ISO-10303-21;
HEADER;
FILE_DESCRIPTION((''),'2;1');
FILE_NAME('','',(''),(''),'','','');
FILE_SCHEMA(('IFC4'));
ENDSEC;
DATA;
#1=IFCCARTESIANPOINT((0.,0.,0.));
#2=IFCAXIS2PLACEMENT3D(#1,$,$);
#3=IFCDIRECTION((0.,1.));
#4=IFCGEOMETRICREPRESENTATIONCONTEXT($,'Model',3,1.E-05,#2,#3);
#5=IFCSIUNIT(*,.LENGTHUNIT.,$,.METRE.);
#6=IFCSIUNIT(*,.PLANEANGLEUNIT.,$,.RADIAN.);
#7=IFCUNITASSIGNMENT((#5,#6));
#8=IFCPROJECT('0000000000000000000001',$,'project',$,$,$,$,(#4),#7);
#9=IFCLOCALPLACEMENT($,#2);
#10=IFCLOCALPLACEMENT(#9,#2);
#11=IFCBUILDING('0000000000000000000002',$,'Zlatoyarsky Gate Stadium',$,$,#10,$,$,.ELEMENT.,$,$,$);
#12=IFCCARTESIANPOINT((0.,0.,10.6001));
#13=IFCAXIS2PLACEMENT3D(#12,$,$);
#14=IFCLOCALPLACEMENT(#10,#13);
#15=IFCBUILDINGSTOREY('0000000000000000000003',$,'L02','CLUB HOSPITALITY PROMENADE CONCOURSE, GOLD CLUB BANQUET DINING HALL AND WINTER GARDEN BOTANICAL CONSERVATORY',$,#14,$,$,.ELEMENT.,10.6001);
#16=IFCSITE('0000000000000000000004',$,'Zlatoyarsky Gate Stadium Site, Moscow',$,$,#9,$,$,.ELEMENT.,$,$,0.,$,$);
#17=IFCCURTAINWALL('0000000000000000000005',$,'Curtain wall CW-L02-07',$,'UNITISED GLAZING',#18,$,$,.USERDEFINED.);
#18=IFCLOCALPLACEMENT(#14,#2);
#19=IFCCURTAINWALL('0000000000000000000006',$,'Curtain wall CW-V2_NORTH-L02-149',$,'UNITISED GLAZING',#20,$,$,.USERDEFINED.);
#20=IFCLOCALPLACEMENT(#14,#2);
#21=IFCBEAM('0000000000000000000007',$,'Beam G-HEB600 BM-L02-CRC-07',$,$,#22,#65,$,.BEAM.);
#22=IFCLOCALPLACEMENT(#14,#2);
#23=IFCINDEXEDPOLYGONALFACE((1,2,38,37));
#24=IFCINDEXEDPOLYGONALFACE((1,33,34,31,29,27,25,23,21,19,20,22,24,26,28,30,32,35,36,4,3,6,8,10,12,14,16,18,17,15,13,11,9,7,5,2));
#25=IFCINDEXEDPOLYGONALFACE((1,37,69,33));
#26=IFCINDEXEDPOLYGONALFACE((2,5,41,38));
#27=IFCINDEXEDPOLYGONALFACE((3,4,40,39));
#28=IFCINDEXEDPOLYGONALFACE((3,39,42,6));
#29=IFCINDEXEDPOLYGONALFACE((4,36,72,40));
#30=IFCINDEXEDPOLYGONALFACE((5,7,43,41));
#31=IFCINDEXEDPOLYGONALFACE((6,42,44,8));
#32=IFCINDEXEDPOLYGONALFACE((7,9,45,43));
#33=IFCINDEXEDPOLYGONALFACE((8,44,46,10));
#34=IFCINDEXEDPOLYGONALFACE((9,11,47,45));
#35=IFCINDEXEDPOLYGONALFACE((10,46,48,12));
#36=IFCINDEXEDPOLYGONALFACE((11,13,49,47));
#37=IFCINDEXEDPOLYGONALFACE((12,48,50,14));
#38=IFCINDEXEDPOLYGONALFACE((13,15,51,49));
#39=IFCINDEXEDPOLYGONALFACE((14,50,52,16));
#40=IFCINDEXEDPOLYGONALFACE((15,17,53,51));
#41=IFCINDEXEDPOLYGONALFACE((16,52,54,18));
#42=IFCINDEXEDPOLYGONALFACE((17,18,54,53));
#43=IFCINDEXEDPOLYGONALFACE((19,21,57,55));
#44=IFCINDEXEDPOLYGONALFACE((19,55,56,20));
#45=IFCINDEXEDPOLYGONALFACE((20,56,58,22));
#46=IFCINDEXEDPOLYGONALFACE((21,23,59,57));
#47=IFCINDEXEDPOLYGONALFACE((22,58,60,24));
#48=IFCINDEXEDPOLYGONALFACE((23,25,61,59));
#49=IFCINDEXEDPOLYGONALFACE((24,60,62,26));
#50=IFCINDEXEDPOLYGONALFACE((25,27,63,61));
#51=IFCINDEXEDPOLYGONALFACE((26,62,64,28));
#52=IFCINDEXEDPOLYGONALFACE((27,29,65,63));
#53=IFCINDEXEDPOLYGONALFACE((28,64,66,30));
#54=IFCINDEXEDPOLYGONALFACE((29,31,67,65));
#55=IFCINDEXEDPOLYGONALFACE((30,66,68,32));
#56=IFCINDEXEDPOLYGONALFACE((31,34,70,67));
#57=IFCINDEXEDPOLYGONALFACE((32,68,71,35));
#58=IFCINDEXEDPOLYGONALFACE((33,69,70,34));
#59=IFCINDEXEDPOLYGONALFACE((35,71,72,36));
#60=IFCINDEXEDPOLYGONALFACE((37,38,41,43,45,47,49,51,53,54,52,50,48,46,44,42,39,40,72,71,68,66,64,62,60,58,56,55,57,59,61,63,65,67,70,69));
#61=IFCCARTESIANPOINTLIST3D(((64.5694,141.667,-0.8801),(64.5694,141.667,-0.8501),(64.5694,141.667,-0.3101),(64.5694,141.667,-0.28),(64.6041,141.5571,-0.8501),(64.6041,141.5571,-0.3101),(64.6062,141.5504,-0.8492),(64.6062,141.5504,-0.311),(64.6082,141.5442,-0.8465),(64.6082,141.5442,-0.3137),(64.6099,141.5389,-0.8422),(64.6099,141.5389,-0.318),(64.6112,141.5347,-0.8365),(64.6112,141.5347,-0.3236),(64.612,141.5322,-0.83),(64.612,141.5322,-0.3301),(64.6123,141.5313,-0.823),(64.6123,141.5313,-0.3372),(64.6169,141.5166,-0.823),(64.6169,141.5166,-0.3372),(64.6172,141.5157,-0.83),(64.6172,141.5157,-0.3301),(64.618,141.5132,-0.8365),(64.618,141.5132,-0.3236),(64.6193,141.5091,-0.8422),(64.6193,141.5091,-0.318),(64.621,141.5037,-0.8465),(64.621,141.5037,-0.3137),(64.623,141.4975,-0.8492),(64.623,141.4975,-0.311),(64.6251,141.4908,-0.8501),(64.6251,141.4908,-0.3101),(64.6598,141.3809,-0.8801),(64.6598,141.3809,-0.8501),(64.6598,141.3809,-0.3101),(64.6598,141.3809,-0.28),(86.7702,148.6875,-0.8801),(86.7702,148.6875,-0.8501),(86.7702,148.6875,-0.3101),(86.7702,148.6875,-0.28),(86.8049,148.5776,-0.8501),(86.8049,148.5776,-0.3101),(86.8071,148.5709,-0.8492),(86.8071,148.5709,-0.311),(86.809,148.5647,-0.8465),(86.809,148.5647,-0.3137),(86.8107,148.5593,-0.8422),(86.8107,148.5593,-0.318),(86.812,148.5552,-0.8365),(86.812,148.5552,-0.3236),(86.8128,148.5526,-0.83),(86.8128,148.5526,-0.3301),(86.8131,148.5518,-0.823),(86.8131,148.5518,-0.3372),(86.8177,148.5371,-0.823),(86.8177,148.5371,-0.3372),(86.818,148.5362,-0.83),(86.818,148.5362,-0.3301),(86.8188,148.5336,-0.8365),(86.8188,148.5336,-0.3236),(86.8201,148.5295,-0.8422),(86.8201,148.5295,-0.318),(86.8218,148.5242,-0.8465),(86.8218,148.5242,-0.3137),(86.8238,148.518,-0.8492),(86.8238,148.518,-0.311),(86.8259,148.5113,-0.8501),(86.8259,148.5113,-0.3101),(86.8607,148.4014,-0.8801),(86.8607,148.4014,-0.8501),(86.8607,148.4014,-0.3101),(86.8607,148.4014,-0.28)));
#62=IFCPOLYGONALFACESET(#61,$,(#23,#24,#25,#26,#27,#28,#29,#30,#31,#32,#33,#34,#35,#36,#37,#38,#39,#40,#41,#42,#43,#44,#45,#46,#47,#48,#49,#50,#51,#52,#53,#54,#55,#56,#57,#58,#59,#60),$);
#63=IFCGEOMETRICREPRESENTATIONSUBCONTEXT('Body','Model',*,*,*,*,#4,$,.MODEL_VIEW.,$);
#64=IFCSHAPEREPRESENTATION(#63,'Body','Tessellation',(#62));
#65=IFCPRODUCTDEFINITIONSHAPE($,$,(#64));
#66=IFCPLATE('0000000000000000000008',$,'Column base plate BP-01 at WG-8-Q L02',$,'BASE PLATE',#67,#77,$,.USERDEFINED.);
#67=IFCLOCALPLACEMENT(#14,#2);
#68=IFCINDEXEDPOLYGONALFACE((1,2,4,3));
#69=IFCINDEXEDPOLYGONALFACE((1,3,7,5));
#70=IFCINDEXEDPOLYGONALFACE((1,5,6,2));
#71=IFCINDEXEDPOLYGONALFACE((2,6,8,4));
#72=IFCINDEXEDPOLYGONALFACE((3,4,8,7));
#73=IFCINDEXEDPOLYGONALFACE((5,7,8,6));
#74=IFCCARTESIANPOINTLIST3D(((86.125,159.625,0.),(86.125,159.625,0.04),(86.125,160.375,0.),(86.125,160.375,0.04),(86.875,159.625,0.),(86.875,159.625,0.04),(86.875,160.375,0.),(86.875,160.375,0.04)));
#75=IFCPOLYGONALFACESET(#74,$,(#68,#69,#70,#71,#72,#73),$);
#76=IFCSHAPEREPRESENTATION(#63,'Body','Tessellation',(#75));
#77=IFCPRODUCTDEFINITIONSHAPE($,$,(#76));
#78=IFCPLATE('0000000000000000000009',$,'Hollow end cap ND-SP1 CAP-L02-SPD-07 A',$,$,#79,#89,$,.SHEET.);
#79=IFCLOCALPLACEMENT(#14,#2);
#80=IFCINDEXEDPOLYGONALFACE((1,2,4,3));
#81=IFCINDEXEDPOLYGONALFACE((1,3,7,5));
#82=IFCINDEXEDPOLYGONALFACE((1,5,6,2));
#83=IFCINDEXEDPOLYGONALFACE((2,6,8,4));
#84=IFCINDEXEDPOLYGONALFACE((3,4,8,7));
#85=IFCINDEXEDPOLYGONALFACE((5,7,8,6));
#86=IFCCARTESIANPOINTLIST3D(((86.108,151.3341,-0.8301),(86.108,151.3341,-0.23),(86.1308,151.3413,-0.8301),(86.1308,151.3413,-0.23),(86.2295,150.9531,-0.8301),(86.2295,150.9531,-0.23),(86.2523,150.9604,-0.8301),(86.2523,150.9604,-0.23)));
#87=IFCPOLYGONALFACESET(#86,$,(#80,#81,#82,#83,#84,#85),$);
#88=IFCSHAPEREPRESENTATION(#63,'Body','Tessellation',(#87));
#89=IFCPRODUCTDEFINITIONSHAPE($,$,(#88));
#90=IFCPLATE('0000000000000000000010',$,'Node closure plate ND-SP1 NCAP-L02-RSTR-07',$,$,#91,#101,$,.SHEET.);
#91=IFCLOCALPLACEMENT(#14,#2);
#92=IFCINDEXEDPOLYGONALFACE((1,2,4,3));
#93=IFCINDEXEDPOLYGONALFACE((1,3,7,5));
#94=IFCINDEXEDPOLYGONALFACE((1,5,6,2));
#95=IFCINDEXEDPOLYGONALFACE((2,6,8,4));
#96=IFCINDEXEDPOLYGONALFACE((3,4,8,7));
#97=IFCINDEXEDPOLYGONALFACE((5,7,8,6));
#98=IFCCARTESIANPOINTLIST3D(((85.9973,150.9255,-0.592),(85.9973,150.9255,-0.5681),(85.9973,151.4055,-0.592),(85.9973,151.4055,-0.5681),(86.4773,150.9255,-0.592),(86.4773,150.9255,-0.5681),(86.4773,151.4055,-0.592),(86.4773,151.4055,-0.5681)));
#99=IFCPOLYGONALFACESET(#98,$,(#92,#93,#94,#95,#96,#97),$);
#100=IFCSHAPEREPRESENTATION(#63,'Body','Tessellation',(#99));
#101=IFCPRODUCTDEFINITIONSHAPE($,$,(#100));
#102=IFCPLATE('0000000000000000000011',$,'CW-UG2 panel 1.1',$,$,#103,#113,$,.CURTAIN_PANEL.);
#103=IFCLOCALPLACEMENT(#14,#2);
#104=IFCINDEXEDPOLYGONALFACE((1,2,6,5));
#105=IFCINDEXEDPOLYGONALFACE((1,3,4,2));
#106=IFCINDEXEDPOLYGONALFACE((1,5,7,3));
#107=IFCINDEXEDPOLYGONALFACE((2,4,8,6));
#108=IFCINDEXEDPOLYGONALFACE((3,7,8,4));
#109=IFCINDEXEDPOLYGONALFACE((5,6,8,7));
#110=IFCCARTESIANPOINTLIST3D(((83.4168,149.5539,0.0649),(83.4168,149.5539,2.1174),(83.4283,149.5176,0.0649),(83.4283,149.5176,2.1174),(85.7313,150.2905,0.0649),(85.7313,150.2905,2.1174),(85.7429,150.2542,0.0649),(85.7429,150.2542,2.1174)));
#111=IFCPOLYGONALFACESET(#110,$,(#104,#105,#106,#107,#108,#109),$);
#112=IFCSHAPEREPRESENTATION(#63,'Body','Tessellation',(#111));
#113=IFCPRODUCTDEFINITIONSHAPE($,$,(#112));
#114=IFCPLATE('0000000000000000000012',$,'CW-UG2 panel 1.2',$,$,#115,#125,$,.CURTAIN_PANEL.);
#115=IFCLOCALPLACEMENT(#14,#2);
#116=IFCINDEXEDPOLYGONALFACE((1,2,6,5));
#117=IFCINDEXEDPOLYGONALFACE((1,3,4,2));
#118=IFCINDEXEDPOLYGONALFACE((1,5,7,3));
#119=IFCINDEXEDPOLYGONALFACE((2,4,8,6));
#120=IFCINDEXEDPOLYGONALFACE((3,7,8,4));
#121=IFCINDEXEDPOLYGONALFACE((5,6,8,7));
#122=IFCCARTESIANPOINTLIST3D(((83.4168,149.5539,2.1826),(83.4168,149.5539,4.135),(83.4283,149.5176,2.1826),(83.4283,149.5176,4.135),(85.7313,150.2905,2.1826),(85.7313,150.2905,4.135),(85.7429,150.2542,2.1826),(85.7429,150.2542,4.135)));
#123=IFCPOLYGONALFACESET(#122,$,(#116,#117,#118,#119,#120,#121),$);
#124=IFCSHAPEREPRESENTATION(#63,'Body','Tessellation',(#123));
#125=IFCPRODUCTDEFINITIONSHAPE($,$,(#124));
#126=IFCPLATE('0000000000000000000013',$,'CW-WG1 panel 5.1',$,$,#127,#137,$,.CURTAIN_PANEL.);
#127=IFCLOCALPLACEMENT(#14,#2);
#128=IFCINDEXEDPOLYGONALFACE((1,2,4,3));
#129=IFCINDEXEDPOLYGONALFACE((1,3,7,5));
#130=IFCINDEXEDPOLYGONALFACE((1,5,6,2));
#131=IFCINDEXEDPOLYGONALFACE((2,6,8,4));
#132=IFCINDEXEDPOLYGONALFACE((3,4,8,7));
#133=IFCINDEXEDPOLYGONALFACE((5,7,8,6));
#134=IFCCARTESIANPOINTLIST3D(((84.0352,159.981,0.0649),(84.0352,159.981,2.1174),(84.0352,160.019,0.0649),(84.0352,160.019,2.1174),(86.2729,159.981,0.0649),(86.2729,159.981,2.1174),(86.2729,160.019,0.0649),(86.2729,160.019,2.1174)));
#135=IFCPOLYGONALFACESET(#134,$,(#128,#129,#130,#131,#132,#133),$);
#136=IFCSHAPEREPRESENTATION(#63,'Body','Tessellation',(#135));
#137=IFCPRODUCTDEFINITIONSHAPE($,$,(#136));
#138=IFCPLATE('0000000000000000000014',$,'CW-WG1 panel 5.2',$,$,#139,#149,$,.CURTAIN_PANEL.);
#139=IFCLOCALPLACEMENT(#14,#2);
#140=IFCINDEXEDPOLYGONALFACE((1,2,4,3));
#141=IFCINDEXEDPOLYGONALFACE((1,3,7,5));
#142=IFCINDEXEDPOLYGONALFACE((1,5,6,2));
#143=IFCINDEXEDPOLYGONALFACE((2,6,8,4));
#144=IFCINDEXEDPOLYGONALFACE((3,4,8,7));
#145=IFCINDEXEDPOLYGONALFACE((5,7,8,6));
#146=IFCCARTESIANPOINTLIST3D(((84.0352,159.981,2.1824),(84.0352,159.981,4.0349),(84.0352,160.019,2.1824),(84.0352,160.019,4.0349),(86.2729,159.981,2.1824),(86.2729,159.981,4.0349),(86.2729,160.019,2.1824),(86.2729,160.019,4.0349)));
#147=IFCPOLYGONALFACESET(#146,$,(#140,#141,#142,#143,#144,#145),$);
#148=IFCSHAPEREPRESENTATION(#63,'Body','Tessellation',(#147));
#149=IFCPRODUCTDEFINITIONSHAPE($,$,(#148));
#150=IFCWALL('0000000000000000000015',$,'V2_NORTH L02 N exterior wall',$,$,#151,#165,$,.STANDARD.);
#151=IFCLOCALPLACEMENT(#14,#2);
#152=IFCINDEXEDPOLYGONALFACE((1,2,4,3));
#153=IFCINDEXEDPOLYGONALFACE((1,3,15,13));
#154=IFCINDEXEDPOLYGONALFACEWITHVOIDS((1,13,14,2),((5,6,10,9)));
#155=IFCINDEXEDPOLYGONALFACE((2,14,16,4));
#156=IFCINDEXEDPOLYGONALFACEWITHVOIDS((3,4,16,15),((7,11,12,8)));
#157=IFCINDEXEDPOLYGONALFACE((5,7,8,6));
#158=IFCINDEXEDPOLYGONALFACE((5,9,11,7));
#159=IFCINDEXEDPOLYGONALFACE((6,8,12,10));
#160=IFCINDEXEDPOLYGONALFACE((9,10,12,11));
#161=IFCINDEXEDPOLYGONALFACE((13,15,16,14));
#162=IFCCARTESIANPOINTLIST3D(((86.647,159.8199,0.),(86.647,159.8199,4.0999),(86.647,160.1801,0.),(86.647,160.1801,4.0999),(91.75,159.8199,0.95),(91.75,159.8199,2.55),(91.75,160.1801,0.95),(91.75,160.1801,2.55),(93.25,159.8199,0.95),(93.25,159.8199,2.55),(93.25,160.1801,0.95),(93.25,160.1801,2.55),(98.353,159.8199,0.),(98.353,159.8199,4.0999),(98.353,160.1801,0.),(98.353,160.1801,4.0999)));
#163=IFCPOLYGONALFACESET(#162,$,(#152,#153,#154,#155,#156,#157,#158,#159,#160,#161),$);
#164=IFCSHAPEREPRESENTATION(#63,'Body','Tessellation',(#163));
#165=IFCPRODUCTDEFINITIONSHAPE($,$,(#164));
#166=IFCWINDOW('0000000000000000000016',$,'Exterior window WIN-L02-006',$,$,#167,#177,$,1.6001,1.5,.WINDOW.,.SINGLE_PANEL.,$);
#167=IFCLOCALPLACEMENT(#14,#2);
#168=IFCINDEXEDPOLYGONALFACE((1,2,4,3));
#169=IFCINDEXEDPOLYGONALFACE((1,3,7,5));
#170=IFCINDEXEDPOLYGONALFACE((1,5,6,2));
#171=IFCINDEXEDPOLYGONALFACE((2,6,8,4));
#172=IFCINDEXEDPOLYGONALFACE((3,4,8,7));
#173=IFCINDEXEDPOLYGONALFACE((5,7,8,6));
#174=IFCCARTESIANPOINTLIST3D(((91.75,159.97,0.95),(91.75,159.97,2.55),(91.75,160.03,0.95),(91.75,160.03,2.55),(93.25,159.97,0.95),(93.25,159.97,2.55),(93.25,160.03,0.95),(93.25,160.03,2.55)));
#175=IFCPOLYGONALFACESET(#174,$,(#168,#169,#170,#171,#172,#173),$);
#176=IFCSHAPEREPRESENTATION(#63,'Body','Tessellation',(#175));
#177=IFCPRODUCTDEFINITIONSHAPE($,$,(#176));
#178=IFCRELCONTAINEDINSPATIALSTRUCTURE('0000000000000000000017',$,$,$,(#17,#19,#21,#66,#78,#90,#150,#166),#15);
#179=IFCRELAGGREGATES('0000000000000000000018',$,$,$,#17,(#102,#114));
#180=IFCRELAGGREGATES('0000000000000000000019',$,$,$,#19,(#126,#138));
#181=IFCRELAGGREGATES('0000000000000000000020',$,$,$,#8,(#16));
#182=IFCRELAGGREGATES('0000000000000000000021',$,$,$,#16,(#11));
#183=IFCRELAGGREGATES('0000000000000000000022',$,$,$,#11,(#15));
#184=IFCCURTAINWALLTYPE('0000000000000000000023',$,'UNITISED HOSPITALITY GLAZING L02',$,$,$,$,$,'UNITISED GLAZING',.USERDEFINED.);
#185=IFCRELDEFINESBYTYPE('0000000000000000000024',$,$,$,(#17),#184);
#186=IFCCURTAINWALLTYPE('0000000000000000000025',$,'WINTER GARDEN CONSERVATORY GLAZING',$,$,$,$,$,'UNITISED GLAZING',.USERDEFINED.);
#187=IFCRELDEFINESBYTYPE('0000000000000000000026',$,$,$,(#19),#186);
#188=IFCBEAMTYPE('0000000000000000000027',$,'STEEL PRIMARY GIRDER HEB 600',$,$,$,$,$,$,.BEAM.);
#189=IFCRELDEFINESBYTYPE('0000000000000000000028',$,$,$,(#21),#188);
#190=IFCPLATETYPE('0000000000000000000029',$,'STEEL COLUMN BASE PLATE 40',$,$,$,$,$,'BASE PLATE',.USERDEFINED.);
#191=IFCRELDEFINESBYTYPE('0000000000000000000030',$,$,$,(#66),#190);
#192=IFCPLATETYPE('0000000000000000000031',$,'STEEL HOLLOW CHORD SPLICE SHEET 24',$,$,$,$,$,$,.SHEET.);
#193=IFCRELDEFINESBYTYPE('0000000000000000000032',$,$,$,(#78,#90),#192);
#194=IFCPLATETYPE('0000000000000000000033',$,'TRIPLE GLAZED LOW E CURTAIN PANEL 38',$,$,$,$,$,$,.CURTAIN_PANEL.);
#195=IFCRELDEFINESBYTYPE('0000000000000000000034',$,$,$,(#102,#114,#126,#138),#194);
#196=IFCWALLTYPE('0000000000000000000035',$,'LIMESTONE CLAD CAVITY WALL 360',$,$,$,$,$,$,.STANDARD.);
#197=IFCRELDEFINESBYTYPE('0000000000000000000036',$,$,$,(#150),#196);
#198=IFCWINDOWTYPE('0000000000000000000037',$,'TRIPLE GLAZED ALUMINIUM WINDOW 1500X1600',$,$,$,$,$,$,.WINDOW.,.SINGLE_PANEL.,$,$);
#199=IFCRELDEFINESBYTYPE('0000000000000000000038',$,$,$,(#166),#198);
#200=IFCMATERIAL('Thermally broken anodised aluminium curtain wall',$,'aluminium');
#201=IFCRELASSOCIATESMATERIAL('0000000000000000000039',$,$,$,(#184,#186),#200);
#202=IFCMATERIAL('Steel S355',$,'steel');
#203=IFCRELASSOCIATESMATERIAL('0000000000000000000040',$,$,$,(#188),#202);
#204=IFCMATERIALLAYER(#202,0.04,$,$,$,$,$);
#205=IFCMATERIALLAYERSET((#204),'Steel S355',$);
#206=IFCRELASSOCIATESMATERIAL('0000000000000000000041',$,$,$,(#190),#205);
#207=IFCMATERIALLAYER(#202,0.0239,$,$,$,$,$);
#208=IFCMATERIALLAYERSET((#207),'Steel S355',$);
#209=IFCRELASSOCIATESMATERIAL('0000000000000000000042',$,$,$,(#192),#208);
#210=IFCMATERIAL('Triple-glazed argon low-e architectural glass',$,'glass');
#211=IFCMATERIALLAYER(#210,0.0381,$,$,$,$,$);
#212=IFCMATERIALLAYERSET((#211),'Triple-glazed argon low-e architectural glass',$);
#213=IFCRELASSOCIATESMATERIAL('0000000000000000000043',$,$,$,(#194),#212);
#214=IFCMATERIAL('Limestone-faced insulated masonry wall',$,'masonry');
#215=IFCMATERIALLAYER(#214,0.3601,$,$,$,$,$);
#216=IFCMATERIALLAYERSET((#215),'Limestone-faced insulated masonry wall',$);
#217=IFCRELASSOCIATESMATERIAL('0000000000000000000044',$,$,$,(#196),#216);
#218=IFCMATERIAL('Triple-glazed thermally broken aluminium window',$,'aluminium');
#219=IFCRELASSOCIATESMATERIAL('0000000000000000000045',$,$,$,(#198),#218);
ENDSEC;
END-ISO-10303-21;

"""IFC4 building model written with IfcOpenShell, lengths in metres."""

from ifc_helpers import new_model, si_unit, direction, frame, frame_2d, origin, origin_2d, place, context, subcontext, project, spatial, rectangle, i_section, extrude, material, layer, layer_set, material_profile, profile_set, type_object, element, fill, aggregate, save


model = new_model("IFC4")

# Units and contexts
model_context = context("Model", 3, precision=1e-05, world=origin(), true_north=direction((0.0, 1.0)))
body_context = subcontext(model_context, "Body", "Model", "MODEL_VIEW")
ifc_project = project(units=[si_unit("LENGTHUNIT", "METRE"), si_unit("PLANEANGLEUNIT", "RADIAN")], contexts=[model_context])

# Site, building, storey
site_placement = place(None, origin())
site = spatial("IfcSite", under=ifc_project, at=site_placement, Name="Zlatoyarsky Gate Stadium Site, Moscow", CompositionType="ELEMENT", RefElevation=0.0)
building_placement = place(site_placement, origin())
building = spatial("IfcBuilding", under=site, at=building_placement, Name="Zlatoyarsky Gate Stadium", CompositionType="ELEMENT")
storey_placement = place(building_placement, frame((0.0, 0.0, 10.6001)))
storey = spatial("IfcBuildingStorey", under=building, at=storey_placement, Name="L02", Description="CLUB HOSPITALITY PROMENADE CONCOURSE, GOLD CLUB BANQUET DINING HALL AND WINTER GARDEN BOTANICAL CONSERVATORY", CompositionType="ELEMENT", Elevation=10.6001)

# Shared definitions
ifc_material_1 = material(Name="Steel S355", Category="steel")

# Curtain walls
ifc_material_2 = material(Name="Thermally broken anodised aluminium curtain wall", Category="aluminium")
curtain_wall_type_1 = type_object("IfcCurtainWallType", Name="UNITISED HOSPITALITY GLAZING L02", ElementType="UNITISED GLAZING", PredefinedType="USERDEFINED", material=ifc_material_2)
curtain_wall_1_placement = place(storey_placement, origin())
curtain_wall_1 = element("IfcCurtainWall", 1, at=curtain_wall_1_placement, inside=storey, type_object=curtain_wall_type_1, Name="Curtain wall CW-L02-07", ObjectType="UNITISED GLAZING", PredefinedType="USERDEFINED")
curtain_wall_type_2 = type_object("IfcCurtainWallType", Name="WINTER GARDEN CONSERVATORY GLAZING", ElementType="UNITISED GLAZING", PredefinedType="USERDEFINED", material=ifc_material_2)
curtain_wall_2_placement = place(storey_placement, origin())
curtain_wall_2 = element("IfcCurtainWall", 2, at=curtain_wall_2_placement, inside=storey, type_object=curtain_wall_type_2, Name="Curtain wall CW-V2_NORTH-L02-149", ObjectType="UNITISED GLAZING", PredefinedType="USERDEFINED")

# Beam
ifc_material_profile_1 = material_profile(ifc_material_1, i_section(OverallWidth=0.3, OverallDepth=0.6001, WebThickness=0.0154, FlangeThickness=0.03, FilletRadius=0.0271, at=origin_2d()), Name="HEB 600")
ifc_profile_set_1 = profile_set([ifc_material_profile_1], Name="Steel S355")
beam_type_1 = type_object("IfcBeamType", Name="STEEL PRIMARY GIRDER HEB 600", PredefinedType="BEAM", material=ifc_profile_set_1)
beam_1_placement = place(storey_placement, frame((86.8154, 148.5444, -0.5801), z_axis=(-0.953463, -0.30151, 0.0), x_axis=(0.30151, -0.953463, 0.0)))
element("IfcBeam", 3, at=beam_1_placement, inside=storey, type_object=beam_type_1, Name="Beam G-HEB600 BM-L02-CRC-07", PredefinedType="BEAM", context=body_context, shape_type="SweptSolid", body=[
    extrude(i_section(OverallWidth=0.3, OverallDepth=0.6001, WebThickness=0.0154, FlangeThickness=0.03, FilletRadius=0.0271, at=origin_2d()), origin(), (0.0, 0.0, 1.0), 23.2844),
])

# Plates
ifc_layer_1 = layer(ifc_material_1, 0.04)
ifc_layer_set_1 = layer_set([ifc_layer_1], Name="Steel S355")
plate_type_1 = type_object("IfcPlateType", Name="STEEL COLUMN BASE PLATE 40", ElementType="BASE PLATE", PredefinedType="USERDEFINED", material=ifc_layer_set_1)
plate_1_placement = place(storey_placement, frame((86.5, 160.0, 0.0), z_axis=(0.0, 0.0, 1.0), x_axis=(1.0, 0.0, 0.0)))
element("IfcPlate", 4, at=plate_1_placement, inside=storey, type_object=plate_type_1, Name="Column base plate BP-01 at WG-8-Q L02", ObjectType="BASE PLATE", PredefinedType="USERDEFINED", context=body_context, shape_type="SweptSolid", body=[
    extrude(rectangle(XDim=0.75, YDim=0.75, at=origin_2d()), origin(), (0.0, 0.0, 1.0), 0.04),
])
ifc_layer_2 = layer(ifc_material_1, 0.0239)
ifc_layer_set_2 = layer_set([ifc_layer_2], Name="Steel S355")
plate_type_2 = type_object("IfcPlateType", Name="STEEL HOLLOW CHORD SPLICE SHEET 24", PredefinedType="SHEET", material=ifc_layer_set_2)
plate_2_placement = place(storey_placement, frame((86.1802, 151.1472, -0.8301), z_axis=(0.0, 0.0, 1.0), x_axis=(-0.952709, -0.303886, 0.0)))
element("IfcPlate", 5, at=plate_2_placement, inside=storey, type_object=plate_type_2, Name="Hollow end cap ND-SP1 CAP-L02-SPD-07 A", PredefinedType="SHEET", context=body_context, shape_type="SweptSolid", body=[
    extrude(rectangle(XDim=0.0239, YDim=0.3999, at=origin_2d()), origin(), (0.0, 0.0, 1.0), 0.6001),
])
plate_3_placement = place(storey_placement, frame((86.2373, 151.1655, -0.592), z_axis=(0.0, 0.0, 1.0), x_axis=(1.0, 0.0, 0.0)))
element("IfcPlate", 6, at=plate_3_placement, inside=storey, type_object=plate_type_2, Name="Node closure plate ND-SP1 NCAP-L02-RSTR-07", PredefinedType="SHEET", context=body_context, shape_type="SweptSolid", body=[
    extrude(rectangle(XDim=0.48, YDim=0.48, at=origin_2d()), origin(), (0.0, 0.0, 1.0), 0.0239),
])

# Plates
ifc_material_3 = material(Name="Triple-glazed argon low-e architectural glass", Category="glass")
ifc_layer_3 = layer(ifc_material_3, 0.0381)
ifc_layer_set_3 = layer_set([ifc_layer_3], Name="Triple-glazed argon low-e architectural glass")
plate_type_3 = type_object("IfcPlateType", Name="TRIPLE GLAZED LOW E CURTAIN PANEL 38", PredefinedType="CURTAIN_PANEL", material=ifc_layer_set_3)
plate_4_placement = place(storey_placement, frame((84.5798, 149.9041, 0.0649), z_axis=(0.0, 0.0, 1.0), x_axis=(-0.952902, -0.303279, 0.0)))
plate_4 = element("IfcPlate", 7, at=plate_4_placement, type_object=plate_type_3, Name="CW-UG2 panel 1.1", PredefinedType="CURTAIN_PANEL", context=body_context, shape_type="SweptSolid", body=[
    extrude(rectangle(XDim=2.429, YDim=0.0381, at=origin_2d()), origin(), (0.0, 0.0, 1.0), 2.0525),
])
plate_5_placement = place(storey_placement, frame((84.5798, 149.9041, 2.1826), z_axis=(0.0, 0.0, 1.0), x_axis=(-0.952902, -0.303279, 0.0)))
plate_5 = element("IfcPlate", 8, at=plate_5_placement, type_object=plate_type_3, Name="CW-UG2 panel 1.2", PredefinedType="CURTAIN_PANEL", context=body_context, shape_type="SweptSolid", body=[
    extrude(rectangle(XDim=2.429, YDim=0.0381, at=origin_2d()), origin(), (0.0, 0.0, 1.0), 1.9524),
])
aggregate(curtain_wall_1, [plate_4, plate_5])
plate_6_placement = place(storey_placement, frame((85.1541, 160.0, 0.0649), z_axis=(0.0, 0.0, 1.0), x_axis=(1.0, 0.0, 0.0)))
plate_6 = element("IfcPlate", 9, at=plate_6_placement, type_object=plate_type_3, Name="CW-WG1 panel 5.1", PredefinedType="CURTAIN_PANEL", context=body_context, shape_type="SweptSolid", body=[
    extrude(rectangle(XDim=2.2378, YDim=0.0381, at=origin_2d()), origin(), (0.0, 0.0, 1.0), 2.0525),
])
plate_7_placement = place(storey_placement, frame((85.1541, 160.0, 2.1824), z_axis=(0.0, 0.0, 1.0), x_axis=(1.0, 0.0, 0.0)))
plate_7 = element("IfcPlate", 10, at=plate_7_placement, type_object=plate_type_3, Name="CW-WG1 panel 5.2", PredefinedType="CURTAIN_PANEL", context=body_context, shape_type="SweptSolid", body=[
    extrude(rectangle(XDim=2.2378, YDim=0.0381, at=origin_2d()), origin(), (0.0, 0.0, 1.0), 1.8525),
])
aggregate(curtain_wall_2, [plate_6, plate_7])

# Wall, opening, window
ifc_material_4 = material(Name="Limestone-faced insulated masonry wall", Category="masonry")
ifc_layer_4 = layer(ifc_material_4, 0.3601)
ifc_layer_set_4 = layer_set([ifc_layer_4], Name="Limestone-faced insulated masonry wall")
wall_type = type_object("IfcWallType", Name="LIMESTONE CLAD CAVITY WALL 360", PredefinedType="STANDARD", material=ifc_layer_set_4)
wall_placement = place(storey_placement, frame((86.647, 160.0, 0.0), z_axis=(0.0, 0.0, 1.0), x_axis=(1.0, 0.0, 0.0)))
wall = element("IfcWall", 11, at=wall_placement, inside=storey, type_object=wall_type, Name="V2_NORTH L02 N exterior wall", PredefinedType="STANDARD", context=body_context, shape_type="SweptSolid", body=[
    extrude(rectangle(XDim=11.7061, YDim=0.3601, at=frame_2d((5.853, 0.0))), origin(), (0.0, 0.0, 1.0), 4.0999),
])
opening_placement = place(wall_placement, frame((5.103, 0.0, 0.95)))
opening = element("IfcOpeningElement", 12, at=opening_placement, cuts=wall, PredefinedType="OPENING", context=body_context, shape_type="SweptSolid", body=[
    extrude(rectangle(XDim=1.5, YDim=1.6001, at=frame_2d((0.75, 0.8))), frame((0.0, 0.1899, 0.0), z_axis=(0.0, -1.0, 0.0), x_axis=(1.0, 0.0, 0.0)), (0.0, 0.0, 1.0), 0.3801),
])
ifc_material_5 = material(Name="Triple-glazed thermally broken aluminium window", Category="aluminium")
window_type = type_object("IfcWindowType", Name="TRIPLE GLAZED ALUMINIUM WINDOW 1500X1600", PartitioningType="SINGLE_PANEL", PredefinedType="WINDOW", material=ifc_material_5)
window_placement = place(opening_placement, origin())
window = element("IfcWindow", 13, at=window_placement, inside=storey, type_object=window_type, Name="Exterior window WIN-L02-006", OverallHeight=1.6001, OverallWidth=1.5, PartitioningType="SINGLE_PANEL", PredefinedType="WINDOW", context=body_context, shape_type="SweptSolid", body=[
    extrude(rectangle(XDim=1.5, YDim=1.6001, at=frame_2d((0.75, 0.8))), frame((0.0, 0.03, 0.0), z_axis=(0.0, -1.0, 0.0), x_axis=(1.0, 0.0, 0.0)), (0.0, 0.0, 1.0), 0.0601),
])
fill(opening, window)

save(model, "model.ifc")
